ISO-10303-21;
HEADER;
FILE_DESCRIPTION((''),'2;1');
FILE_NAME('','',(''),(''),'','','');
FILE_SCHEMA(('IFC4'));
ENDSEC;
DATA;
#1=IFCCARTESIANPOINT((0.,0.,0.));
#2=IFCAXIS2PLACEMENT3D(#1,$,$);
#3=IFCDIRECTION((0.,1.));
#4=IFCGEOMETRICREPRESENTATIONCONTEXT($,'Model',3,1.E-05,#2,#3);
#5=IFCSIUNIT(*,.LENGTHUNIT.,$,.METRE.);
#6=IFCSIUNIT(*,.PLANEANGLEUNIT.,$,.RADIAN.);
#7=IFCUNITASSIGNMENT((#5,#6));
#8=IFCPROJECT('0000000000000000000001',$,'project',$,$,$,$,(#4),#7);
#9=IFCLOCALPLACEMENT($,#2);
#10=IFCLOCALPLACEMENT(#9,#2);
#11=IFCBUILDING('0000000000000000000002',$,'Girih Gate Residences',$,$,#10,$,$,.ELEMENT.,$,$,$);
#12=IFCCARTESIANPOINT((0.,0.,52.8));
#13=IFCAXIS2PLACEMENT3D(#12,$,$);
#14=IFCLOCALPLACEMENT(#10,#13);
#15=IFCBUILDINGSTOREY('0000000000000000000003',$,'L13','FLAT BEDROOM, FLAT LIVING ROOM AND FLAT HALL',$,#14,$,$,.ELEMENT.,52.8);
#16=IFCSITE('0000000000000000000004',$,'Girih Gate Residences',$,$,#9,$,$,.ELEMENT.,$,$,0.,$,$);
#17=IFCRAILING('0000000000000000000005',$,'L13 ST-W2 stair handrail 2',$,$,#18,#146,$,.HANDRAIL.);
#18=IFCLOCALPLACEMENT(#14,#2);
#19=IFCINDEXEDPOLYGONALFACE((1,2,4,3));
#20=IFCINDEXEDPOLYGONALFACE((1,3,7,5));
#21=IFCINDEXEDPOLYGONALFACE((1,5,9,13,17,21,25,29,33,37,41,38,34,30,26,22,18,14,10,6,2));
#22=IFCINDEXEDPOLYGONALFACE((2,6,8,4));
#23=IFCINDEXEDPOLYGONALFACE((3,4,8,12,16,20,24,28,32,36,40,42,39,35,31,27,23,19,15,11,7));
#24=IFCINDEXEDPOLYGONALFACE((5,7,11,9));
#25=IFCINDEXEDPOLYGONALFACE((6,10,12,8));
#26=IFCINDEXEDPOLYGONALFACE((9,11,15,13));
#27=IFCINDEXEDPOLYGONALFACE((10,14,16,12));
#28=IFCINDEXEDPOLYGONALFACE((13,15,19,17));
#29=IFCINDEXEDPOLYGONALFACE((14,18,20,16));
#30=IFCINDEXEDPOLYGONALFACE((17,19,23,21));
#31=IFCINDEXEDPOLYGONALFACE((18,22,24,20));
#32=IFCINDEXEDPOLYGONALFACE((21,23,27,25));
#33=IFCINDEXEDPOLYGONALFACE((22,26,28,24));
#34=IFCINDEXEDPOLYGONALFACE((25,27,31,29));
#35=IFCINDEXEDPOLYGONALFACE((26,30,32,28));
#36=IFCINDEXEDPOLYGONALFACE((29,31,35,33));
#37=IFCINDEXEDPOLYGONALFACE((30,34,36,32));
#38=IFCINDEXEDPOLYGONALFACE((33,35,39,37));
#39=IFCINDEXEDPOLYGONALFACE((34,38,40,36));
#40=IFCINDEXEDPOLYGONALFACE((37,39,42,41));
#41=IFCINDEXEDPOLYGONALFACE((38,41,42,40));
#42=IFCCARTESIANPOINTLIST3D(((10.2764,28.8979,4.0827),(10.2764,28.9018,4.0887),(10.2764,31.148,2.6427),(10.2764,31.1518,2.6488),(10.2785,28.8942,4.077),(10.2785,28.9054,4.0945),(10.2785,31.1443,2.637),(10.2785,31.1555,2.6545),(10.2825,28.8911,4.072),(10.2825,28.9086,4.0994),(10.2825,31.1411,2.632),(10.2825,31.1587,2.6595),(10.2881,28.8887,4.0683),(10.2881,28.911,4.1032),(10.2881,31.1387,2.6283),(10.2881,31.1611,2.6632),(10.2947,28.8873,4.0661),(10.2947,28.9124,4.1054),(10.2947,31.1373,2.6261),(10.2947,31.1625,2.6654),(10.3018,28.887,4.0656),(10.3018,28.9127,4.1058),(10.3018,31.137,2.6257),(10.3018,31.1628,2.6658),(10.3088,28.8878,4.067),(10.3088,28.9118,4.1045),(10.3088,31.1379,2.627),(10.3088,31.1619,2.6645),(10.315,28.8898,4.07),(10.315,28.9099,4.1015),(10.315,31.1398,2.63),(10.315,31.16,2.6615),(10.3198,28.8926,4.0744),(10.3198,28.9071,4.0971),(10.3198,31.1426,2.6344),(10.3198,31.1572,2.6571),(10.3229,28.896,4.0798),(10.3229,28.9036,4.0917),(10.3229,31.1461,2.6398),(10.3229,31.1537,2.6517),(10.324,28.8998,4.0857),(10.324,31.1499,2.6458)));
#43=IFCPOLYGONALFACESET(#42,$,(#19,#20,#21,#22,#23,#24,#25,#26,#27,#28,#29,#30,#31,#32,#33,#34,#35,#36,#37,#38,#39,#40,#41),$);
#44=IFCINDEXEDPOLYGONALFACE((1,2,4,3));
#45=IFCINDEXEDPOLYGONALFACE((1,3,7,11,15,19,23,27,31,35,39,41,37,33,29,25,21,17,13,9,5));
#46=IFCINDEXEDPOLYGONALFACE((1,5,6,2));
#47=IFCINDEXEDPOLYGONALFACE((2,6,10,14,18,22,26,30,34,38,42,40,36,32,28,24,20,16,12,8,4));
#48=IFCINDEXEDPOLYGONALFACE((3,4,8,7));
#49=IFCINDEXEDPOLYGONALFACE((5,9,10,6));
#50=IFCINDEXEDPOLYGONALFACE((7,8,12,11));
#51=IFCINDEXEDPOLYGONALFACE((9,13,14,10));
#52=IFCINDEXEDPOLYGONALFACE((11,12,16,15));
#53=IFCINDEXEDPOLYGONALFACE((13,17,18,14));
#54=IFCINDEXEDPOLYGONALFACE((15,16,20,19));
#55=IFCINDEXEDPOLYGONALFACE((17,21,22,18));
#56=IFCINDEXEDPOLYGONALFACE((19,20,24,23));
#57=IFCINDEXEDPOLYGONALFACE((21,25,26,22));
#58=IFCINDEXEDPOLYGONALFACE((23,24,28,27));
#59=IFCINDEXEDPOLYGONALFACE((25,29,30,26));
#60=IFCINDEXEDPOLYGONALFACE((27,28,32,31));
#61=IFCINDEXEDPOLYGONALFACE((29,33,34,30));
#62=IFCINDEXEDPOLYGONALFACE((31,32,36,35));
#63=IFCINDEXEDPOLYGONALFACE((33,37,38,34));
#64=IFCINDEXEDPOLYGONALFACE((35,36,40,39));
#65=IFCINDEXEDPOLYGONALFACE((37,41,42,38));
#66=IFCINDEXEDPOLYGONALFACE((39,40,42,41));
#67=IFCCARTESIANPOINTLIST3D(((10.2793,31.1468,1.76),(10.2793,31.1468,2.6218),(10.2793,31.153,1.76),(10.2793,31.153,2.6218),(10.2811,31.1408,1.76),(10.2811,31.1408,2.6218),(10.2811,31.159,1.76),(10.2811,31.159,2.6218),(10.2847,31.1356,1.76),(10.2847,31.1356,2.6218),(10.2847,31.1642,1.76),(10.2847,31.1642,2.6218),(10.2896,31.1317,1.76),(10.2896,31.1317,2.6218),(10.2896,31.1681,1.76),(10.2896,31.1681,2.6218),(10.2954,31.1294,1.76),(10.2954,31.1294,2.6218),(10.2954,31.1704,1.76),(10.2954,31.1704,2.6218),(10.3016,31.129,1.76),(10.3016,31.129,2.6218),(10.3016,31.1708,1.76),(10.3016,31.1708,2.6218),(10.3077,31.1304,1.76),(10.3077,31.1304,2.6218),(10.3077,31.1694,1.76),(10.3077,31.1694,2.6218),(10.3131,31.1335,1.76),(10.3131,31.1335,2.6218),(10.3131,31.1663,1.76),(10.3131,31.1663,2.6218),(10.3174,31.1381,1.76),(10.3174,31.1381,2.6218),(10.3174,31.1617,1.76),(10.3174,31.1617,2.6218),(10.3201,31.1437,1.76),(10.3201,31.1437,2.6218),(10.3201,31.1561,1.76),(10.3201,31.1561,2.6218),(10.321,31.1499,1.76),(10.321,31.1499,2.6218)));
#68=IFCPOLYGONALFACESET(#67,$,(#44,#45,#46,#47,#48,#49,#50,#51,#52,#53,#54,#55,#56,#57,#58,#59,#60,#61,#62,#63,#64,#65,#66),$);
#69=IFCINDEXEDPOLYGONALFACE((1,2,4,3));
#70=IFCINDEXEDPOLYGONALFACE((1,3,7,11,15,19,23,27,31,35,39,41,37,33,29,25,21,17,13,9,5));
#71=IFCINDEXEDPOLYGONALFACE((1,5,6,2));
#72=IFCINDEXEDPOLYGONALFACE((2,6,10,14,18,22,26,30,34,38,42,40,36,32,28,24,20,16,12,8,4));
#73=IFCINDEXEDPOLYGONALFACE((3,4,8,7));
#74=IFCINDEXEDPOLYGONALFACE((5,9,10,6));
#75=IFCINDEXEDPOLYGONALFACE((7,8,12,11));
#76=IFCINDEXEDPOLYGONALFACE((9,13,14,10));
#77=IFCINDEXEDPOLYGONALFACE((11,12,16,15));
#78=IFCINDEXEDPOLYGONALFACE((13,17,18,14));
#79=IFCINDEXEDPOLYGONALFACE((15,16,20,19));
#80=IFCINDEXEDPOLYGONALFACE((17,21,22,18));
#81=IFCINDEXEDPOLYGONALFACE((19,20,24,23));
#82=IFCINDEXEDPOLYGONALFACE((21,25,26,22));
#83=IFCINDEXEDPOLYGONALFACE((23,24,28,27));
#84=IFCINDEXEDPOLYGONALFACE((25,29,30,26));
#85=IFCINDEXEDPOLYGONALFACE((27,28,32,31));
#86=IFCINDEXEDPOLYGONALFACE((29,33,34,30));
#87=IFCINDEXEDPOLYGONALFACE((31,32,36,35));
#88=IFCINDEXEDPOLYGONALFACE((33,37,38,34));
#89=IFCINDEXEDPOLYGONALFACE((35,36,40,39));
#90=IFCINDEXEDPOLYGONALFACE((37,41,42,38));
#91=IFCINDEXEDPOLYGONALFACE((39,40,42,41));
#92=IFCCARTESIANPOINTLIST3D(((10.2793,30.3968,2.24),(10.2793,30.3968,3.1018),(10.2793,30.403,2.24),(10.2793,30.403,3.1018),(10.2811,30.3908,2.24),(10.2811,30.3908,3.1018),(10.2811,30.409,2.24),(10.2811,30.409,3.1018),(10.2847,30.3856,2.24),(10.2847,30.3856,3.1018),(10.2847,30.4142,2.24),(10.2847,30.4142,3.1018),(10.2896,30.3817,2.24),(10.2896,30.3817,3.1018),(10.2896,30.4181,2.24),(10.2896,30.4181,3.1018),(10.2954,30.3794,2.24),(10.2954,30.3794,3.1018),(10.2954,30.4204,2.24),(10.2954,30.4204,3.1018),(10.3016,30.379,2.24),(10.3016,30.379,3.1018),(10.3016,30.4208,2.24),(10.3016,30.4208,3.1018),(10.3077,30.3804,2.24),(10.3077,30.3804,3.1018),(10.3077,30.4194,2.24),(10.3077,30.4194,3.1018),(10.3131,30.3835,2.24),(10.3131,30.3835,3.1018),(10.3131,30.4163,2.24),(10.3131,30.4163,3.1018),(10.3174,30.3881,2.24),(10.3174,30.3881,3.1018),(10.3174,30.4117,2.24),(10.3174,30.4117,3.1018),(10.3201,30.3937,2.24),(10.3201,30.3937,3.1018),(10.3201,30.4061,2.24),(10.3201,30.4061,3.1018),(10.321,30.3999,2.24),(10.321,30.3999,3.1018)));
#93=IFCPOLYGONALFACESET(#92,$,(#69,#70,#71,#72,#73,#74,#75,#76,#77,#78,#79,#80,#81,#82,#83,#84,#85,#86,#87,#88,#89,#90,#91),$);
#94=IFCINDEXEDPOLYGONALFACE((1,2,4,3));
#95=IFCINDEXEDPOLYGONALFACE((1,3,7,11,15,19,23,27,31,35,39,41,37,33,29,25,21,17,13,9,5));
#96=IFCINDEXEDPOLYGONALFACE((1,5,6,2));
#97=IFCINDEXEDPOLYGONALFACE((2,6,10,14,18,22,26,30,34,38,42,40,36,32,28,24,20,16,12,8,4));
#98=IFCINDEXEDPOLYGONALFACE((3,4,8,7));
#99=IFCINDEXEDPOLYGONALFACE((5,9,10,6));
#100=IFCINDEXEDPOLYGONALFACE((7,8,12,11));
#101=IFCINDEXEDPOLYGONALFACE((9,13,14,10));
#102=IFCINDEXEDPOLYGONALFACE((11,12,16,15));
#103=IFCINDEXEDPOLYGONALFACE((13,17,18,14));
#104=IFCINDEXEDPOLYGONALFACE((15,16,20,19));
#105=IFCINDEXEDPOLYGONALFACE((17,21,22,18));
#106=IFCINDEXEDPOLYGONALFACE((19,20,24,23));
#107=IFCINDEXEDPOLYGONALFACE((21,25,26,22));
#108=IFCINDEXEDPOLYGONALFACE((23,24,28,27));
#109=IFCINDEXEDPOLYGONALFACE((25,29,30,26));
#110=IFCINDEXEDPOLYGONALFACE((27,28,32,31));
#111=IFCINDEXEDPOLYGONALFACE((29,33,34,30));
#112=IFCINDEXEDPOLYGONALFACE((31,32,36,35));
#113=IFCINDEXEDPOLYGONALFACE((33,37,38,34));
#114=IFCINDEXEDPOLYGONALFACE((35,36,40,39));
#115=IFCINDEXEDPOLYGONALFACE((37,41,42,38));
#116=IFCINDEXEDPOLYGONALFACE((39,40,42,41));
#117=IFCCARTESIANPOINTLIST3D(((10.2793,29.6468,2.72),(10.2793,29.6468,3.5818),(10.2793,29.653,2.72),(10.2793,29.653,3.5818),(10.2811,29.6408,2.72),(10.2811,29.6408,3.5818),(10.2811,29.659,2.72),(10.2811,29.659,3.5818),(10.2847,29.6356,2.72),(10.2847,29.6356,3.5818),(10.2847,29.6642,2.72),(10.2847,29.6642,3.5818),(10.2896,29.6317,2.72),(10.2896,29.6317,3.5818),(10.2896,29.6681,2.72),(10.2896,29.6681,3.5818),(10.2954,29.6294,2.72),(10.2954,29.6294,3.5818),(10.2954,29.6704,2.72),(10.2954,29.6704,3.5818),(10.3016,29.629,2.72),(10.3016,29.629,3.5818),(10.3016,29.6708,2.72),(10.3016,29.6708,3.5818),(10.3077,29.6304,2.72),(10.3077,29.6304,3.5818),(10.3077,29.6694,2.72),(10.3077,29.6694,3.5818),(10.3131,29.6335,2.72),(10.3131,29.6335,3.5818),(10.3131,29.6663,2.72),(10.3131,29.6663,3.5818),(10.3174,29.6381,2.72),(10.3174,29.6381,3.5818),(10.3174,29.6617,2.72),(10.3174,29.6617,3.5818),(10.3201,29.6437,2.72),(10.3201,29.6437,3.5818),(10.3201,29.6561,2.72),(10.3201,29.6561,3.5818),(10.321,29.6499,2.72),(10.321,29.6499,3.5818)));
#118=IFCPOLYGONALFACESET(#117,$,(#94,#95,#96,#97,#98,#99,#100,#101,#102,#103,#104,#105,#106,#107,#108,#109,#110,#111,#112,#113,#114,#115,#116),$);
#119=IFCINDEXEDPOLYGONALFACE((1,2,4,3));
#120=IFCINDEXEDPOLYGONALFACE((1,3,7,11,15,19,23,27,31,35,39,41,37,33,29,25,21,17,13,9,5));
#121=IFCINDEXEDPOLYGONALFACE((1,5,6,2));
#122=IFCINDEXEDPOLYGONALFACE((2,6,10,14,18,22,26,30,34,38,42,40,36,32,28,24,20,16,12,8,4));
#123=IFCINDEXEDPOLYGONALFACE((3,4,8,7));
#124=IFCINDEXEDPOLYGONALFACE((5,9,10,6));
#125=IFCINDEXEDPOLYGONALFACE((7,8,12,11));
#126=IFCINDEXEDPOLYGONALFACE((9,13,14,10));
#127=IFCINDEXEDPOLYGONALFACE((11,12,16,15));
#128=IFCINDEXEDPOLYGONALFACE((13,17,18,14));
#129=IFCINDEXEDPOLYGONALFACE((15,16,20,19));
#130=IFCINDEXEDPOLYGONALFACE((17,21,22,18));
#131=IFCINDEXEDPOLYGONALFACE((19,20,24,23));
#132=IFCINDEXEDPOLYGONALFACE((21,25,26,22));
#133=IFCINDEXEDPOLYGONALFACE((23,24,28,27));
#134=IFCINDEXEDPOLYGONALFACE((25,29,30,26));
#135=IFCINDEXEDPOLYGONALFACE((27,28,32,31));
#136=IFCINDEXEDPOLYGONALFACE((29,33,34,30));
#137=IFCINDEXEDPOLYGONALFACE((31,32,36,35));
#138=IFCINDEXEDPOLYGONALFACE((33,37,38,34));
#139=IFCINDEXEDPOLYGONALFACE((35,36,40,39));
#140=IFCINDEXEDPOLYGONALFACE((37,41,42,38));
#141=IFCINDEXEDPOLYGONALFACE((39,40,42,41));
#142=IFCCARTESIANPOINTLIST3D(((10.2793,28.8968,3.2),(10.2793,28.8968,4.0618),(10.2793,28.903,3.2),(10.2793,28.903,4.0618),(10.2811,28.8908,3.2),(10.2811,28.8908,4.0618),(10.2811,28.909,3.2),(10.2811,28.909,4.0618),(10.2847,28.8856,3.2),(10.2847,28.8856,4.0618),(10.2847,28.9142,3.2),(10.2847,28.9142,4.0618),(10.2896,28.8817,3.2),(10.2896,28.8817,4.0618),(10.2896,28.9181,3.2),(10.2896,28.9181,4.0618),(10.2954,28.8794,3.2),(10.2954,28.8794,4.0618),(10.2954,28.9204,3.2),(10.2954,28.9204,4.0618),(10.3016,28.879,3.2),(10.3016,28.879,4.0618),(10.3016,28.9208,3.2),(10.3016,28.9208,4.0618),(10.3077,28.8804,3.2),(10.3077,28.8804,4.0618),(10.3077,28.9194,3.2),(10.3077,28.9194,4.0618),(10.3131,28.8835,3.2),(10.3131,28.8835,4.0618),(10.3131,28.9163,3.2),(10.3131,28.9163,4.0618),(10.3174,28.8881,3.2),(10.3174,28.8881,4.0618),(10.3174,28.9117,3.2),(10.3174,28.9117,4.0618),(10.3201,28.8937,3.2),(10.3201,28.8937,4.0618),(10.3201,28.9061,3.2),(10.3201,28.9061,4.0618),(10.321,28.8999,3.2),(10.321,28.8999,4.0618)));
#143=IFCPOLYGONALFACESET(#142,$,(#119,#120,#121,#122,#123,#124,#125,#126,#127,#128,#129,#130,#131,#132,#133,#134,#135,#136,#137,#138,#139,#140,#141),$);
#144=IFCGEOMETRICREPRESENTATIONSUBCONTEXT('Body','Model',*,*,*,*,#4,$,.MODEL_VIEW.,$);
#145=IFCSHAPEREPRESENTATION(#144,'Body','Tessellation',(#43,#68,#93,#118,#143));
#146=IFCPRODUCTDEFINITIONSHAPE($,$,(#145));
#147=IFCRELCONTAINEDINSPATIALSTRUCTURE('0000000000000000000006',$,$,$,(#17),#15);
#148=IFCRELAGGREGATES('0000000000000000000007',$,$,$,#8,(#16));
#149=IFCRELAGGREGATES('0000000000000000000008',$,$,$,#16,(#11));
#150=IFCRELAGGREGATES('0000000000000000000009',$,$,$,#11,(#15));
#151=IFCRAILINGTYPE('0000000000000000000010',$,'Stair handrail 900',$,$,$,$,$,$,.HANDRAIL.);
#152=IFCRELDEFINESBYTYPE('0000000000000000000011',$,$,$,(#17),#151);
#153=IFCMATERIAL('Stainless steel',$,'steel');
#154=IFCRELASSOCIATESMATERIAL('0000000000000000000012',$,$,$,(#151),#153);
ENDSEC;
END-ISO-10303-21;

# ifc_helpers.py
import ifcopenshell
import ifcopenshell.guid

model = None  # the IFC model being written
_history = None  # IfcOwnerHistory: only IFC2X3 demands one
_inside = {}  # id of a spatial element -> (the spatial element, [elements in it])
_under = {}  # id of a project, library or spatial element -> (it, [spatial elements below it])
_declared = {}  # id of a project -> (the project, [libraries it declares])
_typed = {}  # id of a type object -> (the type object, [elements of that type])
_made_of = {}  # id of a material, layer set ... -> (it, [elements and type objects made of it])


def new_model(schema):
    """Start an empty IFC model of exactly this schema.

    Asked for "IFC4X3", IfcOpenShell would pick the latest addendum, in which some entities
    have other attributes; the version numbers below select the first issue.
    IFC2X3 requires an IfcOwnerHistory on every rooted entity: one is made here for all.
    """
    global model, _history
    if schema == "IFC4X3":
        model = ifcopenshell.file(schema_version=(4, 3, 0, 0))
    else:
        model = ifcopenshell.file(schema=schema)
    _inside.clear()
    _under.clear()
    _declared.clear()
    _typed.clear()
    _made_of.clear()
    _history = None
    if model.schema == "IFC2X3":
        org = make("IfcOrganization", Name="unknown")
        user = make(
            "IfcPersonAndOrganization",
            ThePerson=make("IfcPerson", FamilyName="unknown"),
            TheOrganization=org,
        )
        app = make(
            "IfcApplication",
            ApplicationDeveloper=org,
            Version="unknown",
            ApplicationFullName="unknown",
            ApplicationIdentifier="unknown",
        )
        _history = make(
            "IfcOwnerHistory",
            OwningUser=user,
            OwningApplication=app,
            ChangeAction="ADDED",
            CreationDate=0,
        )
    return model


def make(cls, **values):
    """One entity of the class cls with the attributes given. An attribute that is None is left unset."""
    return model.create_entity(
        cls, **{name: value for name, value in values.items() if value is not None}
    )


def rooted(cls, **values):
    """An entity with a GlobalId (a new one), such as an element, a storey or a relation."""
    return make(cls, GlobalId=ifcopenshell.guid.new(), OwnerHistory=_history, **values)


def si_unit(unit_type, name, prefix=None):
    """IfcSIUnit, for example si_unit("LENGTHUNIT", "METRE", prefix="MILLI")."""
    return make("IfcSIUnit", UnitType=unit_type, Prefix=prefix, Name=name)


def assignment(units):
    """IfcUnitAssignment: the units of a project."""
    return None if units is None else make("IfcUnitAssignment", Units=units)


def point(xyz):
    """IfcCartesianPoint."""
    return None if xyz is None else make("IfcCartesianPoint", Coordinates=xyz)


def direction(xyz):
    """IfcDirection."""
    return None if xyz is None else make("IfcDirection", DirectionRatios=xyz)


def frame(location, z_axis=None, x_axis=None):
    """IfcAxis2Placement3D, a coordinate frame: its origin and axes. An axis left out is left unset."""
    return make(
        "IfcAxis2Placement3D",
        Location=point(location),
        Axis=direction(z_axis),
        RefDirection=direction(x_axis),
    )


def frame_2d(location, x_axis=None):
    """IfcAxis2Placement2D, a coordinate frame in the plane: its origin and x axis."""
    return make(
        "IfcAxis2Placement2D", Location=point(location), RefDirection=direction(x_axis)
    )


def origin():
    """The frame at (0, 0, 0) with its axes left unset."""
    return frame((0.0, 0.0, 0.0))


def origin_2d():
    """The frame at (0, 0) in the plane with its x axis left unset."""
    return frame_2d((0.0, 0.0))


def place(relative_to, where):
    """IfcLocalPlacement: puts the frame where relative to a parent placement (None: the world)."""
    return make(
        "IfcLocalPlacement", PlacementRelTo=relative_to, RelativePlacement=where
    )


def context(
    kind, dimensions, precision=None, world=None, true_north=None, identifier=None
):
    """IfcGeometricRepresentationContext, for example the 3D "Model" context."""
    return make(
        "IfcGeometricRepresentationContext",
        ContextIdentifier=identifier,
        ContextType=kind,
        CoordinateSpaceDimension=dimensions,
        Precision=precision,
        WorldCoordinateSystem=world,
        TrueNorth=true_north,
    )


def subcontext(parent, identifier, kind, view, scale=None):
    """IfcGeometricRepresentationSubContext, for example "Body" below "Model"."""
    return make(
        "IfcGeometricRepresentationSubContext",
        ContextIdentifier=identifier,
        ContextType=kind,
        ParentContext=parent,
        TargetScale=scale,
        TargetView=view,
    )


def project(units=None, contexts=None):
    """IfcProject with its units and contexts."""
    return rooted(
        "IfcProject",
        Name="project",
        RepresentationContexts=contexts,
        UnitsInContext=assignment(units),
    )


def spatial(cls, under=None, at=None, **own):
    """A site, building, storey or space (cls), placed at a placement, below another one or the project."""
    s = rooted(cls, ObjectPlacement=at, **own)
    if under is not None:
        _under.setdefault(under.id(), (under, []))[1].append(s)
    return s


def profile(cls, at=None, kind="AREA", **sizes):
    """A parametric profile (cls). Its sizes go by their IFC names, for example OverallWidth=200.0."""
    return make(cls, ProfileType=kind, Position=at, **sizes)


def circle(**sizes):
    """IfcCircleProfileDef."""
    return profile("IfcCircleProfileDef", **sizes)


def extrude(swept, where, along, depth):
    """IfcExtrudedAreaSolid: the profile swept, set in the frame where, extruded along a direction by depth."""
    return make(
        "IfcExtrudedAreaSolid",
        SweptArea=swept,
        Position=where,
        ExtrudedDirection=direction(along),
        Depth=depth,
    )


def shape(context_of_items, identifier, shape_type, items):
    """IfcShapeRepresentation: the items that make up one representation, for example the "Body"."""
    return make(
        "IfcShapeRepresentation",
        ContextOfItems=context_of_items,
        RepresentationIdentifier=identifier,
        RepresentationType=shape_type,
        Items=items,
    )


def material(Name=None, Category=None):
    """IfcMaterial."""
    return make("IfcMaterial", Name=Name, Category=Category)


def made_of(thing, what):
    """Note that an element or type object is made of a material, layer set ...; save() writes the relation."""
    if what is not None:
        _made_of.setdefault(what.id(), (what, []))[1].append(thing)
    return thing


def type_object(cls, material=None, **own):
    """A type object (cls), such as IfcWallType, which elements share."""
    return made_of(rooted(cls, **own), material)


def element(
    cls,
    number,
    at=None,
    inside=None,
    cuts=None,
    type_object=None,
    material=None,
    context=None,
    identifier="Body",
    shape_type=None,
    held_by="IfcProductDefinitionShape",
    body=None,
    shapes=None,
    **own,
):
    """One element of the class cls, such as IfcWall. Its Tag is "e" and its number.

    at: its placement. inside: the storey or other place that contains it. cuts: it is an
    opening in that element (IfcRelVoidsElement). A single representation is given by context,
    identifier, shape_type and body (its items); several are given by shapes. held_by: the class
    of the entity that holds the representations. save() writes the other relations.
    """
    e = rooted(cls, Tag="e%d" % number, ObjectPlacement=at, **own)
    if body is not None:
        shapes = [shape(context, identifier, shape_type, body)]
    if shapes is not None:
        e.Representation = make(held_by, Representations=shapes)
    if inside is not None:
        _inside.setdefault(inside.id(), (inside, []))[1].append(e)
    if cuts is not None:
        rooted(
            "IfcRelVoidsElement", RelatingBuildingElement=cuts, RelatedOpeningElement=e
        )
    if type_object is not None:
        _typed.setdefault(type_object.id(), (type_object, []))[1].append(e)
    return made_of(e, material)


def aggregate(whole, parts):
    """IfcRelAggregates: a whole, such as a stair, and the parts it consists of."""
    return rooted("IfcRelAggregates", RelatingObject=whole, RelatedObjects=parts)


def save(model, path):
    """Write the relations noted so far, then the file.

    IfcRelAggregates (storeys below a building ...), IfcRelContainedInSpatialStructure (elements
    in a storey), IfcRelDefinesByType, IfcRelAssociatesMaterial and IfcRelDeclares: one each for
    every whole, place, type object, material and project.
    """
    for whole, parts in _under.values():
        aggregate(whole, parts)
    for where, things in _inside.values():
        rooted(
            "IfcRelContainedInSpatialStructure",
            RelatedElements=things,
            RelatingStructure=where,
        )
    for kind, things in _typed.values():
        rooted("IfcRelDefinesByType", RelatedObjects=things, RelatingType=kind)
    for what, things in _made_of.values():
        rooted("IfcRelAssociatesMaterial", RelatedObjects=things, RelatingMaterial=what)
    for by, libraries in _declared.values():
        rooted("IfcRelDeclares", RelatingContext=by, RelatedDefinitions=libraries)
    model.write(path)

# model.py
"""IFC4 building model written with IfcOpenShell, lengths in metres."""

from ifc_helpers import new_model, si_unit, direction, frame, origin, origin_2d, place, context, subcontext, project, spatial, circle, extrude, material, type_object, element, save


model = new_model("IFC4")

# Units and contexts
model_context = context("Model", 3, precision=1e-05, world=origin(), true_north=direction((0.0, 1.0)))
body_context = subcontext(model_context, "Body", "Model", "MODEL_VIEW")
ifc_project = project(units=[si_unit("LENGTHUNIT", "METRE"), si_unit("PLANEANGLEUNIT", "RADIAN")], contexts=[model_context])

# Site, building, storey
site_placement = place(None, origin())
site = spatial("IfcSite", under=ifc_project, at=site_placement, Name="Girih Gate Residences", CompositionType="ELEMENT", RefElevation=0.0)
building_placement = place(site_placement, origin())
building = spatial("IfcBuilding", under=site, at=building_placement, Name="Girih Gate Residences", CompositionType="ELEMENT")
storey_placement = place(building_placement, frame((0.0, 0.0, 52.8)))
storey = spatial("IfcBuildingStorey", under=building, at=storey_placement, Name="L13", Description="FLAT BEDROOM, FLAT LIVING ROOM AND FLAT HALL", CompositionType="ELEMENT", Elevation=52.8)

# Railing
ifc_material_1 = material(Name="Stainless steel", Category="steel")
railing_type_1 = type_object("IfcRailingType", Name="Stair handrail 900", PredefinedType="HANDRAIL", material=ifc_material_1)
railing_1_placement = place(storey_placement, frame((10.3, 31.1499, 1.76)))
element("IfcRailing", 1, at=railing_1_placement, inside=storey, type_object=railing_type_1, Name="L13 ST-W2 stair handrail 2", PredefinedType="HANDRAIL", context=body_context, shape_type="SweptSolid", body=[
    extrude(circle(Radius=0.0239, at=origin_2d()), frame((0.0, 0.0, 0.8857), z_axis=(0.0, -0.842281, 0.539038), x_axis=(1.0, 0.0, 0.0)), (0.0, 0.0, 1.0), 2.6714),
    extrude(circle(Radius=0.021, at=origin_2d()), origin(), (0.0, 0.0, 1.0), 0.8618),
    extrude(circle(Radius=0.021, at=origin_2d()), frame((0.0, -0.75, 0.48)), (0.0, 0.0, 1.0), 0.8618),
    extrude(circle(Radius=0.021, at=origin_2d()), frame((0.0, -1.5, 0.96)), (0.0, 0.0, 1.0), 0.8618),
    extrude(circle(Radius=0.021, at=origin_2d()), frame((0.0, -2.25, 1.4399)), (0.0, 0.0, 1.0), 0.8618),
])

save(model, "model.ifc")
